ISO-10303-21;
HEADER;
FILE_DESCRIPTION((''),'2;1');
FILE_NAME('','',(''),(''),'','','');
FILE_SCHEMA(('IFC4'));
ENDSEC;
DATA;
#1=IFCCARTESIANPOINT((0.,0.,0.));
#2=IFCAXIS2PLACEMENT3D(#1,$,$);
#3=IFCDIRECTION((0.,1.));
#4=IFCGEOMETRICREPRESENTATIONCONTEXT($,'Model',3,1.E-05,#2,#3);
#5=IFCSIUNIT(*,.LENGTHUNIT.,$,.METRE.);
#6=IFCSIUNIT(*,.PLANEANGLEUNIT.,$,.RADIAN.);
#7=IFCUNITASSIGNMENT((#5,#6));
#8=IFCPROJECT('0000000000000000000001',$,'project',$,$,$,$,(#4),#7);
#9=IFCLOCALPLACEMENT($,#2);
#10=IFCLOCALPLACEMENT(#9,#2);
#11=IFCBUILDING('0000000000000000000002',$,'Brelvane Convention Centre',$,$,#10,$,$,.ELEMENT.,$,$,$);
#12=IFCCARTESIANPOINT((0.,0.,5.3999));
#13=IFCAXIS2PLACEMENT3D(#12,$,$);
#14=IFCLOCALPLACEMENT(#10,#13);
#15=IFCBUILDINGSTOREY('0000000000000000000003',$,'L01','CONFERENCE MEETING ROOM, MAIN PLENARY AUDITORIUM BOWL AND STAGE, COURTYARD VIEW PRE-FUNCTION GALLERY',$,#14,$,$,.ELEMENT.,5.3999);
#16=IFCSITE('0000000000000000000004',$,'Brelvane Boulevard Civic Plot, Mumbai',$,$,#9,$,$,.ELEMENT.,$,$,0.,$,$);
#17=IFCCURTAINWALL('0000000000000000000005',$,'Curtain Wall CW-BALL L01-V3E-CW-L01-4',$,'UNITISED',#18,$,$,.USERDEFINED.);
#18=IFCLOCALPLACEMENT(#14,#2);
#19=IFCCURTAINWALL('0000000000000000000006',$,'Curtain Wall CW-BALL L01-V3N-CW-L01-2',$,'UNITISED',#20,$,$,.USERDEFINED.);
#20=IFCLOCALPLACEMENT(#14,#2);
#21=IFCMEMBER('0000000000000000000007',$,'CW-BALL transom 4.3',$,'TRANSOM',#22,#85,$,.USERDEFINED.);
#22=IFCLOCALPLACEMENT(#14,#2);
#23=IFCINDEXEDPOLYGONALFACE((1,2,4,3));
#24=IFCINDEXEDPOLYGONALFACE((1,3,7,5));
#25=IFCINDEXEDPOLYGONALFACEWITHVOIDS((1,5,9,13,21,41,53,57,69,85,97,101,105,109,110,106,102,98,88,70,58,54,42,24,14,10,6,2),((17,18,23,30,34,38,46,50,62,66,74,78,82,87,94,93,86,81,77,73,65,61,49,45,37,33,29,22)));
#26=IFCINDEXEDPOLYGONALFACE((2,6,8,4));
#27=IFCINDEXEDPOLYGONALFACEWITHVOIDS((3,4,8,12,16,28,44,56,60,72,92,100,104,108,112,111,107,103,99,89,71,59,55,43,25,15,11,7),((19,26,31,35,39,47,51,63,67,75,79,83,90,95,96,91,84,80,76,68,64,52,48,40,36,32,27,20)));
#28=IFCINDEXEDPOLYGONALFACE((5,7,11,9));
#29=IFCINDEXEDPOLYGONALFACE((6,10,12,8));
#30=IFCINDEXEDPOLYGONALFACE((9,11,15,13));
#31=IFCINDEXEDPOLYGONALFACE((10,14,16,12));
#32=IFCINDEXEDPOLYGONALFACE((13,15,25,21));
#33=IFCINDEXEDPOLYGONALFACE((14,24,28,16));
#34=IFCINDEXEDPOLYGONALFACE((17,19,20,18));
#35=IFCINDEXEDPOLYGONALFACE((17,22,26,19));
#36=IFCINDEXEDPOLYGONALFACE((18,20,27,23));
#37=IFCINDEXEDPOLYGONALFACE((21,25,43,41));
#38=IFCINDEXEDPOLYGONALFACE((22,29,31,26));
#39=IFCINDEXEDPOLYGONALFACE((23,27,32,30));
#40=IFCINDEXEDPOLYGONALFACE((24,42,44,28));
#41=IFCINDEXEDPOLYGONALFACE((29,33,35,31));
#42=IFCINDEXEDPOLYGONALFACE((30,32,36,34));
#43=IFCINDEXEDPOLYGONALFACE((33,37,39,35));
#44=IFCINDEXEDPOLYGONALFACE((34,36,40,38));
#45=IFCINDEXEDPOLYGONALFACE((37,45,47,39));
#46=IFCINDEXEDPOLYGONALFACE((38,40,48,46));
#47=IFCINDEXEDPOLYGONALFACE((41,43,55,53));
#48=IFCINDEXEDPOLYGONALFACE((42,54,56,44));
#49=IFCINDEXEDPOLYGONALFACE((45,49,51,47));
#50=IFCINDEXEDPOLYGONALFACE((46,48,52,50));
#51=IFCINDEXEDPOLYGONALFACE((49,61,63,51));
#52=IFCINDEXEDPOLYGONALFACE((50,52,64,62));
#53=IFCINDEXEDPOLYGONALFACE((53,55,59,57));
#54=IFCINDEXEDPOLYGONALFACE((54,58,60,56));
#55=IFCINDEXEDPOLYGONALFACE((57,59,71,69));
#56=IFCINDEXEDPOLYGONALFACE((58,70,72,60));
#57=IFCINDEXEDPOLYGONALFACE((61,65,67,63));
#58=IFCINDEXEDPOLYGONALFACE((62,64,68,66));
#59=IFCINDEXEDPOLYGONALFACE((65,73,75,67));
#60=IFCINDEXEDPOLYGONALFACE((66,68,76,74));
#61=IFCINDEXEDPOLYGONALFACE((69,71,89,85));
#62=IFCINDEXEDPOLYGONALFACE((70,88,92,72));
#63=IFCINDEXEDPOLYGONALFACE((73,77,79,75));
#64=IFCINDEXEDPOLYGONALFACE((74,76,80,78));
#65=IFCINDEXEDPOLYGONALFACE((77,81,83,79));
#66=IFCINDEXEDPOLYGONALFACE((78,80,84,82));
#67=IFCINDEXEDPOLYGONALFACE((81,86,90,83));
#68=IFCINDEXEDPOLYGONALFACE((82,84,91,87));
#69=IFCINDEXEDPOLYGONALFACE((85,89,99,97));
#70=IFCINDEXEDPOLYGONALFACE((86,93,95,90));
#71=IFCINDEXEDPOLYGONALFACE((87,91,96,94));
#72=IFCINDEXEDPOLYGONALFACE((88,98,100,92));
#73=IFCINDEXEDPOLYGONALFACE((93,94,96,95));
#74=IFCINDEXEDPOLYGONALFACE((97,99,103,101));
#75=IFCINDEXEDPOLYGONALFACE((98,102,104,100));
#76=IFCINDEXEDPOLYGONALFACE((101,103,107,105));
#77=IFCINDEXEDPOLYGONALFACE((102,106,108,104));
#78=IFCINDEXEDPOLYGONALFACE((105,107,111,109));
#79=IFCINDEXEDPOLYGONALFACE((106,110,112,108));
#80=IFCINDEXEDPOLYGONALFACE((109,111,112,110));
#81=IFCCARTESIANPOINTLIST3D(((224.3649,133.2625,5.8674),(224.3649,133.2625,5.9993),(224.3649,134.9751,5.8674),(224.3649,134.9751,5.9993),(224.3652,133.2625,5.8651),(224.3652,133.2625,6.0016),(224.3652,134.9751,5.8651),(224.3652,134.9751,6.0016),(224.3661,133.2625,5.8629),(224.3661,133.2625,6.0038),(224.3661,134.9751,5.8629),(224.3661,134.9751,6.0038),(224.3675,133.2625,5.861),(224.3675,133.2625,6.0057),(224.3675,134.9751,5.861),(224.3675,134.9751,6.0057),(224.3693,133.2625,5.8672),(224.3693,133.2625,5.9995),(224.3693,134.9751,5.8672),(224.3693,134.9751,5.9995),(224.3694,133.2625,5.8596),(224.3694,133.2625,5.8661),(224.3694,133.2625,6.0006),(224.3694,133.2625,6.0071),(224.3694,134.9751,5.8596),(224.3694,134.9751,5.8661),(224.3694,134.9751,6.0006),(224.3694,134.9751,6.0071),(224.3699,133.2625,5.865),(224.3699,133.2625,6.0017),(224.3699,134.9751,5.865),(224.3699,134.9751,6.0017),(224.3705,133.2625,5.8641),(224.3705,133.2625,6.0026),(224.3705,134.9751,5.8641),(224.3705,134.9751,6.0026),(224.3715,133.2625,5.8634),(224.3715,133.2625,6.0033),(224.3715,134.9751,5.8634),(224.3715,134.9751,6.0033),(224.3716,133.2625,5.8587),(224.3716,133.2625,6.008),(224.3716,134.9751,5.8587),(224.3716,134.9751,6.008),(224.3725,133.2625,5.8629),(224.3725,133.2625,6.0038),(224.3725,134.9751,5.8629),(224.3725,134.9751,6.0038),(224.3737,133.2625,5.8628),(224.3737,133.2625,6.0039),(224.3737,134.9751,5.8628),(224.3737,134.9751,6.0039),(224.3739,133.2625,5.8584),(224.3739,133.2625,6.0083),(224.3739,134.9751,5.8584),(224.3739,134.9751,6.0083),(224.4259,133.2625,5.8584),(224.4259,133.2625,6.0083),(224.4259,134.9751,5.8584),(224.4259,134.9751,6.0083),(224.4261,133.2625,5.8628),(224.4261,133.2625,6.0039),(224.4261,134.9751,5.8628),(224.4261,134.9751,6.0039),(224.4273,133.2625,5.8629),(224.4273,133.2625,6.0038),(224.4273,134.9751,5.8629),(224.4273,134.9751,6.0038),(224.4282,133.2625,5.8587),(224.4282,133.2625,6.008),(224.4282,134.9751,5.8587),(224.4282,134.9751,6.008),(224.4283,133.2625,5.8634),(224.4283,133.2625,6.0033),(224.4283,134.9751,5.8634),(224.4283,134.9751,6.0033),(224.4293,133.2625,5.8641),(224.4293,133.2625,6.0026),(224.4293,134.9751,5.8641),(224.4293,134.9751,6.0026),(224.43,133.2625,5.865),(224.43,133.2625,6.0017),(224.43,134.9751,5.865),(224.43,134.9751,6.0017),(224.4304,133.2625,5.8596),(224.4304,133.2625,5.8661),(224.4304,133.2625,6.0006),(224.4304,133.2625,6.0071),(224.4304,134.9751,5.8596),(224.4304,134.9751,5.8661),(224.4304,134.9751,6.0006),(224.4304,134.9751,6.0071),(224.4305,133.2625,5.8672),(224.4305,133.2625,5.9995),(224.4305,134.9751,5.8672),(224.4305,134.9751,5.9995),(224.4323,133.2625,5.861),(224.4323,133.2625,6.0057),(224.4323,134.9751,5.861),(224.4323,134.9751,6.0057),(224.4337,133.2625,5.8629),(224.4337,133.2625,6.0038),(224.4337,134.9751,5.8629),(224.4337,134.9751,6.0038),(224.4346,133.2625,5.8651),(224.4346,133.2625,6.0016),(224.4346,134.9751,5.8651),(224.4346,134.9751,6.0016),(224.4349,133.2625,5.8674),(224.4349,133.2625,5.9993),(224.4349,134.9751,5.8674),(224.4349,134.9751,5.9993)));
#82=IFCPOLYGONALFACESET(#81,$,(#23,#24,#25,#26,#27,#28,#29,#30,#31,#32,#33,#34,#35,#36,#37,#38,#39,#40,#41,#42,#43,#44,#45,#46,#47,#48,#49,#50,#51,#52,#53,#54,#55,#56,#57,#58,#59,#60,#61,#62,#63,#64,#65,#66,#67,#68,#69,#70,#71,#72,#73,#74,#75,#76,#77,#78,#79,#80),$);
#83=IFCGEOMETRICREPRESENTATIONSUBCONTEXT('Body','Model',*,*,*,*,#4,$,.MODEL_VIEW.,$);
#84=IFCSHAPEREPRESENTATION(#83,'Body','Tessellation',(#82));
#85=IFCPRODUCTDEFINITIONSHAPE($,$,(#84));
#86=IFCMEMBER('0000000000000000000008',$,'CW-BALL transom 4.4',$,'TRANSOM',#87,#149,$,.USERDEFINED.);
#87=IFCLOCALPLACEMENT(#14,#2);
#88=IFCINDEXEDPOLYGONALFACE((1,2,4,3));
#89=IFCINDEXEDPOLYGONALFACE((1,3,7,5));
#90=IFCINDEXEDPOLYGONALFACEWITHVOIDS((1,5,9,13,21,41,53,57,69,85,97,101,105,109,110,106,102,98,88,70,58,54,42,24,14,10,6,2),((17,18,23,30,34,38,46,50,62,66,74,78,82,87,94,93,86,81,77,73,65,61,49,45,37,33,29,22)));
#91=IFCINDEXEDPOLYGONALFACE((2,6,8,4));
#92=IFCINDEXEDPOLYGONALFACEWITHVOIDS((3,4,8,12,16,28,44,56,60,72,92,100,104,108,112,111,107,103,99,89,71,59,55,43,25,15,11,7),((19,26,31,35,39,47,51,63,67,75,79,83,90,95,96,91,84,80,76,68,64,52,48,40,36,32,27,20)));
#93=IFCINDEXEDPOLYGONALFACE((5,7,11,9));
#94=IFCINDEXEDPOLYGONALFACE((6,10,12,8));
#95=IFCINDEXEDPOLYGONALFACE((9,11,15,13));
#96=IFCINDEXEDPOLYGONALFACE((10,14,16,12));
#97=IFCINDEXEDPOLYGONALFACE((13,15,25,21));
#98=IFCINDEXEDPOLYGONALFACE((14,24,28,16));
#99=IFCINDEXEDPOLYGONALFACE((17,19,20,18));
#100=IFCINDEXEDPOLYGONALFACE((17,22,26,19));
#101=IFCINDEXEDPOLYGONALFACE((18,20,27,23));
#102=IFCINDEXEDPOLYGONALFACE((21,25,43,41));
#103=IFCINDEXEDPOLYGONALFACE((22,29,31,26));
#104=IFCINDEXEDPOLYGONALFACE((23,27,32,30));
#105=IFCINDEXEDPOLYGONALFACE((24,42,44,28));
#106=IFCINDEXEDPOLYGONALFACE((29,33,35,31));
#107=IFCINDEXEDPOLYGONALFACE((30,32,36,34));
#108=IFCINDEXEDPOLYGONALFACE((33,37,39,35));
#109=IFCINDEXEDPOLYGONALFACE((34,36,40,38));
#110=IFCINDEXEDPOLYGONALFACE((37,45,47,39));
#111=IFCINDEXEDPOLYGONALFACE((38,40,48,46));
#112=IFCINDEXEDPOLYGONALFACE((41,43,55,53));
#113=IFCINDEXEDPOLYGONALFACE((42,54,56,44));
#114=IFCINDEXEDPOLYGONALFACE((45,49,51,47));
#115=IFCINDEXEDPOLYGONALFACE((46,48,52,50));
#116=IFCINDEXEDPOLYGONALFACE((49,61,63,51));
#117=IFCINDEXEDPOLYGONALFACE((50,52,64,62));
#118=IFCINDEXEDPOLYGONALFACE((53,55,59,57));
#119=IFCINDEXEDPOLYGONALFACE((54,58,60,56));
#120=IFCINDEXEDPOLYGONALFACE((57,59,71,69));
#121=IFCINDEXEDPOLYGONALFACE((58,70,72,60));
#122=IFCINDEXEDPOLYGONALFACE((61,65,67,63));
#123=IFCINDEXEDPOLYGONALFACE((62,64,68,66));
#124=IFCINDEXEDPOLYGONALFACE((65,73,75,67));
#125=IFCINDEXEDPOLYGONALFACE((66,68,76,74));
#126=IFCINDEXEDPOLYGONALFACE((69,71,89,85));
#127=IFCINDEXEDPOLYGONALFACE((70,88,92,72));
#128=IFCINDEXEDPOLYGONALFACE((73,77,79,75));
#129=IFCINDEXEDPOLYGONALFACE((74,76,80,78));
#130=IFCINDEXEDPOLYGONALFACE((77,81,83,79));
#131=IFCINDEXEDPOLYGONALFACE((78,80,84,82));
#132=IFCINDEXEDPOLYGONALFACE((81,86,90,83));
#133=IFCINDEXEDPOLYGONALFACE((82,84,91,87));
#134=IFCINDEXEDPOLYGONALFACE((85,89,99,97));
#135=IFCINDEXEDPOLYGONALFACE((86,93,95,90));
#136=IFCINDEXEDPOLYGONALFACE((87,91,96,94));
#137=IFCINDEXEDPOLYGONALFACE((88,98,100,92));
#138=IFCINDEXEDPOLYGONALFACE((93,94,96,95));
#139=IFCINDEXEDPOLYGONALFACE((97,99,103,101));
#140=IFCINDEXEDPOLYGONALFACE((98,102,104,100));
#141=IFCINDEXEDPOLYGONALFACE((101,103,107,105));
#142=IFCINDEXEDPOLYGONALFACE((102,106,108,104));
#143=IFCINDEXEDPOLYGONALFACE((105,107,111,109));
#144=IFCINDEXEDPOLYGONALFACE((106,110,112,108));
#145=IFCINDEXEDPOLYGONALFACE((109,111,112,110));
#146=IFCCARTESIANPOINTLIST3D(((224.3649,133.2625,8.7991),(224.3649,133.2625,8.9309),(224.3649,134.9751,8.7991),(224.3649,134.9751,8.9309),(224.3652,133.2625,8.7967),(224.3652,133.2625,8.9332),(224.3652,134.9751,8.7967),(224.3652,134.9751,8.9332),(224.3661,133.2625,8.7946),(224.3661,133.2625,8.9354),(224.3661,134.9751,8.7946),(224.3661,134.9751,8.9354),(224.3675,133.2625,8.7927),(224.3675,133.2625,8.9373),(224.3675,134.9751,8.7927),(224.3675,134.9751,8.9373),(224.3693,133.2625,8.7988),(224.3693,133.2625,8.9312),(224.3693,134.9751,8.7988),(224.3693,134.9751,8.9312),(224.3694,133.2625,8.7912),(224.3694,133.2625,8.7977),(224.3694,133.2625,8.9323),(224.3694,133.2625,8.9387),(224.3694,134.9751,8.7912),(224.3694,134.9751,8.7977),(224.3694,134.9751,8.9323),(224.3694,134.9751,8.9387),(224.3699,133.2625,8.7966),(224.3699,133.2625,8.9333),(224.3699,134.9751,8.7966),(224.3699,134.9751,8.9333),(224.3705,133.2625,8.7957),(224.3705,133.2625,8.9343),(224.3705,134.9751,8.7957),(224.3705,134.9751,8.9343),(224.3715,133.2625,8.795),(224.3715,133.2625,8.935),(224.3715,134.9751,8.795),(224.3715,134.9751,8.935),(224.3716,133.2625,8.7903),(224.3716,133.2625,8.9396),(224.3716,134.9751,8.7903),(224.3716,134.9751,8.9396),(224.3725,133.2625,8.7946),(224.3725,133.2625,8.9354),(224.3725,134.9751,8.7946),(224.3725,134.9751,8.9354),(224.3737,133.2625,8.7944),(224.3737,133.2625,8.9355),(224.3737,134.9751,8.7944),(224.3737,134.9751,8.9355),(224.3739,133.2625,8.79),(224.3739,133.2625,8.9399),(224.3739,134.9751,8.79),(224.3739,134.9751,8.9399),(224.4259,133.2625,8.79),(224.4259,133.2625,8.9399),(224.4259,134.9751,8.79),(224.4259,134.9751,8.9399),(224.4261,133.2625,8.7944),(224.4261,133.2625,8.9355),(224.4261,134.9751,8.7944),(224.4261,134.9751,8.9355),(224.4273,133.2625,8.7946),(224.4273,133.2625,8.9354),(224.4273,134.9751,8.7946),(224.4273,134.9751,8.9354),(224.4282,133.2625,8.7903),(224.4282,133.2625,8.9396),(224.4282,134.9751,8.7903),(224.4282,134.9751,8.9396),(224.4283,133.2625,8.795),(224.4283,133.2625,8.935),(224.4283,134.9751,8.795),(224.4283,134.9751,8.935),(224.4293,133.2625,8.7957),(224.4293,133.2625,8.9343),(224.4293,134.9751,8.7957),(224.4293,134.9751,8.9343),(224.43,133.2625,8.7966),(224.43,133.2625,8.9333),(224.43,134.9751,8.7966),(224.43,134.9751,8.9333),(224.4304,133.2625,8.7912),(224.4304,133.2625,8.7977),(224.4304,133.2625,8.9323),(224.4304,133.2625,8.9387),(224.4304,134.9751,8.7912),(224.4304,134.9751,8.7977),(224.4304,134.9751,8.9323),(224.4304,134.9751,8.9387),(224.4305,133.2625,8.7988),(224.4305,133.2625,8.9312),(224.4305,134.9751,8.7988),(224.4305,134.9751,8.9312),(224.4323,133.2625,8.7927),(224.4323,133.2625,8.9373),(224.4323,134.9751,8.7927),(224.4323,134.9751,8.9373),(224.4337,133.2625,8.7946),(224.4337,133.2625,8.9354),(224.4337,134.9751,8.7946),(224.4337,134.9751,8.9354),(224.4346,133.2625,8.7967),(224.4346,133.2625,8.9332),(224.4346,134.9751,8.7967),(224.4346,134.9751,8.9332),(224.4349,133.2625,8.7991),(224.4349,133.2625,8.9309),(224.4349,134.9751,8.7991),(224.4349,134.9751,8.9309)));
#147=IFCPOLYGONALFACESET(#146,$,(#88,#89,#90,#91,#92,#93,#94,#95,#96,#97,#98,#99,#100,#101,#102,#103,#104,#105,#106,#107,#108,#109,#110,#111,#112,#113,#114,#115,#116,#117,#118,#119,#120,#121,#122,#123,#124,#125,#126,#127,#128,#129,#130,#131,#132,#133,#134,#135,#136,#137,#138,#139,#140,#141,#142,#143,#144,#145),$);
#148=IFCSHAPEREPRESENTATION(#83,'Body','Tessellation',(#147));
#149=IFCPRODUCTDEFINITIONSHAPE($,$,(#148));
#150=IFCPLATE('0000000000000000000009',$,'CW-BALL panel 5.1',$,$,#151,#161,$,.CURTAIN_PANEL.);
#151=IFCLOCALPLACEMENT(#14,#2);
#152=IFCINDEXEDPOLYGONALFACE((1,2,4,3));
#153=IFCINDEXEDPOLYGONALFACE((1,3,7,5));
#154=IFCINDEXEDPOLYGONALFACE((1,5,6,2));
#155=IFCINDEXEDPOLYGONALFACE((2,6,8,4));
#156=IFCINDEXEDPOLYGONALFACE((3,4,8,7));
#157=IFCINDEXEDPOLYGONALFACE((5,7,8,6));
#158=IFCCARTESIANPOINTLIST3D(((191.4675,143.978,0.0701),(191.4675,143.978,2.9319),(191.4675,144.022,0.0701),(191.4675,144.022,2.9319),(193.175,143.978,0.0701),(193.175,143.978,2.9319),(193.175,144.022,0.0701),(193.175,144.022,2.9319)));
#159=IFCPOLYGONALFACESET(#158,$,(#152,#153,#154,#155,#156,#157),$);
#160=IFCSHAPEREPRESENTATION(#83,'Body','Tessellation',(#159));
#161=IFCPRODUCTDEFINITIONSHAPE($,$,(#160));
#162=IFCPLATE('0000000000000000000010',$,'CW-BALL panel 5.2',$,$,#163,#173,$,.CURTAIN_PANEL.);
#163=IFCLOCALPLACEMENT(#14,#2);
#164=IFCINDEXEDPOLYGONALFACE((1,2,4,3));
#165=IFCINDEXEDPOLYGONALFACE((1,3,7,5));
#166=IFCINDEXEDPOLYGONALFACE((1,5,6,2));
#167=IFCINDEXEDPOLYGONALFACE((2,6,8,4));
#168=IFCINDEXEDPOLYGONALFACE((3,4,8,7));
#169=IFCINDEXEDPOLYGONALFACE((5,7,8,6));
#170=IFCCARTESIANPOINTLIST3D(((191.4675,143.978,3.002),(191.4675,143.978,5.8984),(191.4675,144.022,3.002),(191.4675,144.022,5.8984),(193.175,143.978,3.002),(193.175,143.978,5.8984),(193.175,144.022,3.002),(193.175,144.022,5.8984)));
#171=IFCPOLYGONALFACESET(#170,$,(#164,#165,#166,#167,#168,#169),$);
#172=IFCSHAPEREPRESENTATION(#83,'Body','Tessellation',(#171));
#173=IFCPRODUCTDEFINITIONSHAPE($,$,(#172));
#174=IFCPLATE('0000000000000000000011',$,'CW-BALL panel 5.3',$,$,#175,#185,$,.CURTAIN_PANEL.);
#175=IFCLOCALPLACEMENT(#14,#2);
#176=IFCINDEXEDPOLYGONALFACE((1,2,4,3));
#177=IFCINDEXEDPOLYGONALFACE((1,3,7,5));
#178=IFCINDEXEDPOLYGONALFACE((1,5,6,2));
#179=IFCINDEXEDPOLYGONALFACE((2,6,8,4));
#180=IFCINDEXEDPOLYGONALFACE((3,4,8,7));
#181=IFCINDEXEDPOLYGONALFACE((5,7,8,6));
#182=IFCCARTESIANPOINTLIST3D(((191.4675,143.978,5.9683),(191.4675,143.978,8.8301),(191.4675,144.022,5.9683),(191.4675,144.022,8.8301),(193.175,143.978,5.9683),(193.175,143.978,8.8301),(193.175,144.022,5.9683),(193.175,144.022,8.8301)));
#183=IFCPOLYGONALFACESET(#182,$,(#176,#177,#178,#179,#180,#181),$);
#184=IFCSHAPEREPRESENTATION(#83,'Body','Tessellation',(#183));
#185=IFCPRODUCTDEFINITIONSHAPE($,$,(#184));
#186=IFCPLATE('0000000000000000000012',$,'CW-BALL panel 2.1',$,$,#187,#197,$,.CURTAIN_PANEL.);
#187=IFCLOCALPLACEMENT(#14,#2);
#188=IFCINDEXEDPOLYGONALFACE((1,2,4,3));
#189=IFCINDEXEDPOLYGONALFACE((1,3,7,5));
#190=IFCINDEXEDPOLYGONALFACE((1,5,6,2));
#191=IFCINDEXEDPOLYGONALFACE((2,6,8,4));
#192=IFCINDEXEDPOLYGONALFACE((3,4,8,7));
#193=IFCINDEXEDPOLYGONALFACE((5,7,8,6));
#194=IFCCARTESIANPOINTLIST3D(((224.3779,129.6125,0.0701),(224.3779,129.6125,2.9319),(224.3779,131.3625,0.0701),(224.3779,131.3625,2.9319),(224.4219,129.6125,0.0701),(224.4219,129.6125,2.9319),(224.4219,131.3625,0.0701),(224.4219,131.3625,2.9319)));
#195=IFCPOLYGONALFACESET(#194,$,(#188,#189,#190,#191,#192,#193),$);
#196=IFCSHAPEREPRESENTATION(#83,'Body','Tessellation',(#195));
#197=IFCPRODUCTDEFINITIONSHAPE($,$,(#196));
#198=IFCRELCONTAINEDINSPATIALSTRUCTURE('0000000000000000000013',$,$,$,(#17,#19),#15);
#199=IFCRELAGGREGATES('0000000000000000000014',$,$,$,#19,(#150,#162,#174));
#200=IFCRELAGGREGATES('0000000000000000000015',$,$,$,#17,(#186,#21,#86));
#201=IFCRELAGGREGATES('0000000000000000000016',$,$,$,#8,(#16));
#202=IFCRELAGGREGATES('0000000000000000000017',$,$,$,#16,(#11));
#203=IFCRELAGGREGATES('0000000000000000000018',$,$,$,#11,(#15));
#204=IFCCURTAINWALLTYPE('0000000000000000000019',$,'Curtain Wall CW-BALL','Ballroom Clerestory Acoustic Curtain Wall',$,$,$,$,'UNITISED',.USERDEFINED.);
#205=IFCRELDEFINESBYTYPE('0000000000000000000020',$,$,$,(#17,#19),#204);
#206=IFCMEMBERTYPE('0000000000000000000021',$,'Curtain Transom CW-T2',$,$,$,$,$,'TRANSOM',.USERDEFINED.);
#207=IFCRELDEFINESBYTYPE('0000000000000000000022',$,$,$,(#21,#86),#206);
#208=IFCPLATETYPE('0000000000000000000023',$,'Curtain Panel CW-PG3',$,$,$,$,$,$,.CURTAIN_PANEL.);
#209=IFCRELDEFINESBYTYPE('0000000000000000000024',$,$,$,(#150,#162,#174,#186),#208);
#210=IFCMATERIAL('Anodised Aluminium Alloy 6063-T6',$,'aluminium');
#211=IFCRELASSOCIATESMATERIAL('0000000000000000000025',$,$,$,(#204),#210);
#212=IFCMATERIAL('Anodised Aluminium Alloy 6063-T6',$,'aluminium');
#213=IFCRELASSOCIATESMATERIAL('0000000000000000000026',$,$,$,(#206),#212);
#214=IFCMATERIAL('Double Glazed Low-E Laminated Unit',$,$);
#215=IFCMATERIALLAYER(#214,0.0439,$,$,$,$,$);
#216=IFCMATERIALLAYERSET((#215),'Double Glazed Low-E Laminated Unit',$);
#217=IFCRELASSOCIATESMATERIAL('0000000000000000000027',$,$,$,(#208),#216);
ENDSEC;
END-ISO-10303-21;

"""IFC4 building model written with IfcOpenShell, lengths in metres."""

from ifc_helpers import new_model, si_unit, direction, frame, origin, origin_2d, place, context, subcontext, project, spatial, rectangle, hollow_rectangle, extrude, material, layer, layer_set, material_profile, profile_set, type_object, element, aggregate, save


model = new_model("IFC4")

# Units and contexts
model_context = context("Model", 3, precision=1e-05, world=origin(), true_north=direction((0.0, 1.0)))
body_context = subcontext(model_context, "Body", "Model", "MODEL_VIEW")
ifc_project = project(units=[si_unit("LENGTHUNIT", "METRE"), si_unit("PLANEANGLEUNIT", "RADIAN")], contexts=[model_context])

# Site, building, storey
site_placement = place(None, origin())
site = spatial("IfcSite", under=ifc_project, at=site_placement, Name="Brelvane Boulevard Civic Plot, Mumbai", CompositionType="ELEMENT", RefElevation=0.0)
building_placement = place(site_placement, origin())
building = spatial("IfcBuilding", under=site, at=building_placement, Name="Brelvane Convention Centre", CompositionType="ELEMENT")
storey_placement = place(building_placement, frame((0.0, 0.0, 5.3999)))
storey = spatial("IfcBuildingStorey", under=building, at=storey_placement, Name="L01", Description="CONFERENCE MEETING ROOM, MAIN PLENARY AUDITORIUM BOWL AND STAGE, COURTYARD VIEW PRE-FUNCTION GALLERY", CompositionType="ELEMENT", Elevation=5.3999)

# Curtain walls
ifc_material_1 = material(Name="Anodised Aluminium Alloy 6063-T6", Category="aluminium")
curtain_wall_type = type_object("IfcCurtainWallType", Name="Curtain Wall CW-BALL", Description="Ballroom Clerestory Acoustic Curtain Wall", ElementType="UNITISED", PredefinedType="USERDEFINED", material=ifc_material_1)
curtain_wall_1_placement = place(storey_placement, origin())
curtain_wall_1 = element("IfcCurtainWall", 1, at=curtain_wall_1_placement, inside=storey, type_object=curtain_wall_type, Name="Curtain Wall CW-BALL L01-V3E-CW-L01-4", ObjectType="UNITISED", PredefinedType="USERDEFINED")
curtain_wall_2_placement = place(storey_placement, origin())
curtain_wall_2 = element("IfcCurtainWall", 2, at=curtain_wall_2_placement, inside=storey, type_object=curtain_wall_type, Name="Curtain Wall CW-BALL L01-V3N-CW-L01-2", ObjectType="UNITISED", PredefinedType="USERDEFINED")
ifc_material_2 = material(Name="Anodised Aluminium Alloy 6063-T6", Category="aluminium")
ifc_material_profile_1 = material_profile(ifc_material_2, hollow_rectangle(XDim=0.0701, YDim=0.1499, WallThickness=0.0044, InnerFilletRadius=0.0044, OuterFilletRadius=0.009, at=origin_2d()), Name="ALU-T 150x70x4.5")
ifc_profile_set_1 = profile_set([ifc_material_profile_1], Name="Anodised Aluminium Alloy 6063-T6")
member_type_1 = type_object("IfcMemberType", Name="Curtain Transom CW-T2", ElementType="TRANSOM", PredefinedType="USERDEFINED", material=ifc_profile_set_1)

# Members
member_1_placement = place(storey_placement, frame((224.3999, 133.2625, 5.9333), z_axis=(0.0, 1.0, 0.0), x_axis=(-1.0, 0.0, 0.0)))
member_1 = element("IfcMember", 3, at=member_1_placement, type_object=member_type_1, Name="CW-BALL transom 4.3", ObjectType="TRANSOM", PredefinedType="USERDEFINED", context=body_context, shape_type="SweptSolid", body=[
    extrude(hollow_rectangle(XDim=0.0701, YDim=0.1499, WallThickness=0.0044, InnerFilletRadius=0.0044, OuterFilletRadius=0.009, at=origin_2d()), origin(), (0.0, 0.0, 1.0), 1.7126),
])
member_2_placement = place(storey_placement, frame((224.3999, 133.2625, 8.865), z_axis=(0.0, 1.0, 0.0), x_axis=(-1.0, 0.0, 0.0)))
member_2 = element("IfcMember", 4, at=member_2_placement, type_object=member_type_1, Name="CW-BALL transom 4.4", ObjectType="TRANSOM", PredefinedType="USERDEFINED", context=body_context, shape_type="SweptSolid", body=[
    extrude(hollow_rectangle(XDim=0.0701, YDim=0.1499, WallThickness=0.0044, InnerFilletRadius=0.0044, OuterFilletRadius=0.009, at=origin_2d()), origin(), (0.0, 0.0, 1.0), 1.7126),
])

# Plates
ifc_material_3 = material(Name="Double Glazed Low-E Laminated Unit")
ifc_layer = layer(ifc_material_3, 0.0439)
ifc_layer_set = layer_set([ifc_layer], Name="Double Glazed Low-E Laminated Unit")
plate_type = type_object("IfcPlateType", Name="Curtain Panel CW-PG3", PredefinedType="CURTAIN_PANEL", material=ifc_layer_set)
plate_1_placement = place(storey_placement, frame((192.3213, 144.0, 0.0701), z_axis=(0.0, 0.0, 1.0), x_axis=(1.0, 0.0, 0.0)))
plate_1 = element("IfcPlate", 5, at=plate_1_placement, type_object=plate_type, Name="CW-BALL panel 5.1", PredefinedType="CURTAIN_PANEL", context=body_context, shape_type="SweptSolid", body=[
    extrude(rectangle(XDim=1.7075, YDim=0.0439, at=origin_2d()), origin(), (0.0, 0.0, 1.0), 2.8618),
])
plate_2_placement = place(storey_placement, frame((192.3213, 144.0, 3.002), z_axis=(0.0, 0.0, 1.0), x_axis=(1.0, 0.0, 0.0)))
plate_2 = element("IfcPlate", 6, at=plate_2_placement, type_object=plate_type, Name="CW-BALL panel 5.2", PredefinedType="CURTAIN_PANEL", context=body_context, shape_type="SweptSolid", body=[
    extrude(rectangle(XDim=1.7075, YDim=0.0439, at=origin_2d()), origin(), (0.0, 0.0, 1.0), 2.8965),
])
plate_3_placement = place(storey_placement, frame((192.3213, 144.0, 5.9683), z_axis=(0.0, 0.0, 1.0), x_axis=(1.0, 0.0, 0.0)))
plate_3 = element("IfcPlate", 7, at=plate_3_placement, type_object=plate_type, Name="CW-BALL panel 5.3", PredefinedType="CURTAIN_PANEL", context=body_context, shape_type="SweptSolid", body=[
    extrude(rectangle(XDim=1.7075, YDim=0.0439, at=origin_2d()), origin(), (0.0, 0.0, 1.0), 2.8618),
])
aggregate(curtain_wall_2, [plate_1, plate_2, plate_3])
plate_4_placement = place(storey_placement, frame((224.3999, 130.4875, 0.0701), z_axis=(0.0, 0.0, 1.0), x_axis=(0.0, 1.0, 0.0)))
plate_4 = element("IfcPlate", 8, at=plate_4_placement, type_object=plate_type, Name="CW-BALL panel 2.1", PredefinedType="CURTAIN_PANEL", context=body_context, shape_type="SweptSolid", body=[
    extrude(rectangle(XDim=1.75, YDim=0.0439, at=origin_2d()), origin(), (0.0, 0.0, 1.0), 2.8618),
])
aggregate(curtain_wall_1, [plate_4, member_1, member_2])

save(model, "model.ifc")
